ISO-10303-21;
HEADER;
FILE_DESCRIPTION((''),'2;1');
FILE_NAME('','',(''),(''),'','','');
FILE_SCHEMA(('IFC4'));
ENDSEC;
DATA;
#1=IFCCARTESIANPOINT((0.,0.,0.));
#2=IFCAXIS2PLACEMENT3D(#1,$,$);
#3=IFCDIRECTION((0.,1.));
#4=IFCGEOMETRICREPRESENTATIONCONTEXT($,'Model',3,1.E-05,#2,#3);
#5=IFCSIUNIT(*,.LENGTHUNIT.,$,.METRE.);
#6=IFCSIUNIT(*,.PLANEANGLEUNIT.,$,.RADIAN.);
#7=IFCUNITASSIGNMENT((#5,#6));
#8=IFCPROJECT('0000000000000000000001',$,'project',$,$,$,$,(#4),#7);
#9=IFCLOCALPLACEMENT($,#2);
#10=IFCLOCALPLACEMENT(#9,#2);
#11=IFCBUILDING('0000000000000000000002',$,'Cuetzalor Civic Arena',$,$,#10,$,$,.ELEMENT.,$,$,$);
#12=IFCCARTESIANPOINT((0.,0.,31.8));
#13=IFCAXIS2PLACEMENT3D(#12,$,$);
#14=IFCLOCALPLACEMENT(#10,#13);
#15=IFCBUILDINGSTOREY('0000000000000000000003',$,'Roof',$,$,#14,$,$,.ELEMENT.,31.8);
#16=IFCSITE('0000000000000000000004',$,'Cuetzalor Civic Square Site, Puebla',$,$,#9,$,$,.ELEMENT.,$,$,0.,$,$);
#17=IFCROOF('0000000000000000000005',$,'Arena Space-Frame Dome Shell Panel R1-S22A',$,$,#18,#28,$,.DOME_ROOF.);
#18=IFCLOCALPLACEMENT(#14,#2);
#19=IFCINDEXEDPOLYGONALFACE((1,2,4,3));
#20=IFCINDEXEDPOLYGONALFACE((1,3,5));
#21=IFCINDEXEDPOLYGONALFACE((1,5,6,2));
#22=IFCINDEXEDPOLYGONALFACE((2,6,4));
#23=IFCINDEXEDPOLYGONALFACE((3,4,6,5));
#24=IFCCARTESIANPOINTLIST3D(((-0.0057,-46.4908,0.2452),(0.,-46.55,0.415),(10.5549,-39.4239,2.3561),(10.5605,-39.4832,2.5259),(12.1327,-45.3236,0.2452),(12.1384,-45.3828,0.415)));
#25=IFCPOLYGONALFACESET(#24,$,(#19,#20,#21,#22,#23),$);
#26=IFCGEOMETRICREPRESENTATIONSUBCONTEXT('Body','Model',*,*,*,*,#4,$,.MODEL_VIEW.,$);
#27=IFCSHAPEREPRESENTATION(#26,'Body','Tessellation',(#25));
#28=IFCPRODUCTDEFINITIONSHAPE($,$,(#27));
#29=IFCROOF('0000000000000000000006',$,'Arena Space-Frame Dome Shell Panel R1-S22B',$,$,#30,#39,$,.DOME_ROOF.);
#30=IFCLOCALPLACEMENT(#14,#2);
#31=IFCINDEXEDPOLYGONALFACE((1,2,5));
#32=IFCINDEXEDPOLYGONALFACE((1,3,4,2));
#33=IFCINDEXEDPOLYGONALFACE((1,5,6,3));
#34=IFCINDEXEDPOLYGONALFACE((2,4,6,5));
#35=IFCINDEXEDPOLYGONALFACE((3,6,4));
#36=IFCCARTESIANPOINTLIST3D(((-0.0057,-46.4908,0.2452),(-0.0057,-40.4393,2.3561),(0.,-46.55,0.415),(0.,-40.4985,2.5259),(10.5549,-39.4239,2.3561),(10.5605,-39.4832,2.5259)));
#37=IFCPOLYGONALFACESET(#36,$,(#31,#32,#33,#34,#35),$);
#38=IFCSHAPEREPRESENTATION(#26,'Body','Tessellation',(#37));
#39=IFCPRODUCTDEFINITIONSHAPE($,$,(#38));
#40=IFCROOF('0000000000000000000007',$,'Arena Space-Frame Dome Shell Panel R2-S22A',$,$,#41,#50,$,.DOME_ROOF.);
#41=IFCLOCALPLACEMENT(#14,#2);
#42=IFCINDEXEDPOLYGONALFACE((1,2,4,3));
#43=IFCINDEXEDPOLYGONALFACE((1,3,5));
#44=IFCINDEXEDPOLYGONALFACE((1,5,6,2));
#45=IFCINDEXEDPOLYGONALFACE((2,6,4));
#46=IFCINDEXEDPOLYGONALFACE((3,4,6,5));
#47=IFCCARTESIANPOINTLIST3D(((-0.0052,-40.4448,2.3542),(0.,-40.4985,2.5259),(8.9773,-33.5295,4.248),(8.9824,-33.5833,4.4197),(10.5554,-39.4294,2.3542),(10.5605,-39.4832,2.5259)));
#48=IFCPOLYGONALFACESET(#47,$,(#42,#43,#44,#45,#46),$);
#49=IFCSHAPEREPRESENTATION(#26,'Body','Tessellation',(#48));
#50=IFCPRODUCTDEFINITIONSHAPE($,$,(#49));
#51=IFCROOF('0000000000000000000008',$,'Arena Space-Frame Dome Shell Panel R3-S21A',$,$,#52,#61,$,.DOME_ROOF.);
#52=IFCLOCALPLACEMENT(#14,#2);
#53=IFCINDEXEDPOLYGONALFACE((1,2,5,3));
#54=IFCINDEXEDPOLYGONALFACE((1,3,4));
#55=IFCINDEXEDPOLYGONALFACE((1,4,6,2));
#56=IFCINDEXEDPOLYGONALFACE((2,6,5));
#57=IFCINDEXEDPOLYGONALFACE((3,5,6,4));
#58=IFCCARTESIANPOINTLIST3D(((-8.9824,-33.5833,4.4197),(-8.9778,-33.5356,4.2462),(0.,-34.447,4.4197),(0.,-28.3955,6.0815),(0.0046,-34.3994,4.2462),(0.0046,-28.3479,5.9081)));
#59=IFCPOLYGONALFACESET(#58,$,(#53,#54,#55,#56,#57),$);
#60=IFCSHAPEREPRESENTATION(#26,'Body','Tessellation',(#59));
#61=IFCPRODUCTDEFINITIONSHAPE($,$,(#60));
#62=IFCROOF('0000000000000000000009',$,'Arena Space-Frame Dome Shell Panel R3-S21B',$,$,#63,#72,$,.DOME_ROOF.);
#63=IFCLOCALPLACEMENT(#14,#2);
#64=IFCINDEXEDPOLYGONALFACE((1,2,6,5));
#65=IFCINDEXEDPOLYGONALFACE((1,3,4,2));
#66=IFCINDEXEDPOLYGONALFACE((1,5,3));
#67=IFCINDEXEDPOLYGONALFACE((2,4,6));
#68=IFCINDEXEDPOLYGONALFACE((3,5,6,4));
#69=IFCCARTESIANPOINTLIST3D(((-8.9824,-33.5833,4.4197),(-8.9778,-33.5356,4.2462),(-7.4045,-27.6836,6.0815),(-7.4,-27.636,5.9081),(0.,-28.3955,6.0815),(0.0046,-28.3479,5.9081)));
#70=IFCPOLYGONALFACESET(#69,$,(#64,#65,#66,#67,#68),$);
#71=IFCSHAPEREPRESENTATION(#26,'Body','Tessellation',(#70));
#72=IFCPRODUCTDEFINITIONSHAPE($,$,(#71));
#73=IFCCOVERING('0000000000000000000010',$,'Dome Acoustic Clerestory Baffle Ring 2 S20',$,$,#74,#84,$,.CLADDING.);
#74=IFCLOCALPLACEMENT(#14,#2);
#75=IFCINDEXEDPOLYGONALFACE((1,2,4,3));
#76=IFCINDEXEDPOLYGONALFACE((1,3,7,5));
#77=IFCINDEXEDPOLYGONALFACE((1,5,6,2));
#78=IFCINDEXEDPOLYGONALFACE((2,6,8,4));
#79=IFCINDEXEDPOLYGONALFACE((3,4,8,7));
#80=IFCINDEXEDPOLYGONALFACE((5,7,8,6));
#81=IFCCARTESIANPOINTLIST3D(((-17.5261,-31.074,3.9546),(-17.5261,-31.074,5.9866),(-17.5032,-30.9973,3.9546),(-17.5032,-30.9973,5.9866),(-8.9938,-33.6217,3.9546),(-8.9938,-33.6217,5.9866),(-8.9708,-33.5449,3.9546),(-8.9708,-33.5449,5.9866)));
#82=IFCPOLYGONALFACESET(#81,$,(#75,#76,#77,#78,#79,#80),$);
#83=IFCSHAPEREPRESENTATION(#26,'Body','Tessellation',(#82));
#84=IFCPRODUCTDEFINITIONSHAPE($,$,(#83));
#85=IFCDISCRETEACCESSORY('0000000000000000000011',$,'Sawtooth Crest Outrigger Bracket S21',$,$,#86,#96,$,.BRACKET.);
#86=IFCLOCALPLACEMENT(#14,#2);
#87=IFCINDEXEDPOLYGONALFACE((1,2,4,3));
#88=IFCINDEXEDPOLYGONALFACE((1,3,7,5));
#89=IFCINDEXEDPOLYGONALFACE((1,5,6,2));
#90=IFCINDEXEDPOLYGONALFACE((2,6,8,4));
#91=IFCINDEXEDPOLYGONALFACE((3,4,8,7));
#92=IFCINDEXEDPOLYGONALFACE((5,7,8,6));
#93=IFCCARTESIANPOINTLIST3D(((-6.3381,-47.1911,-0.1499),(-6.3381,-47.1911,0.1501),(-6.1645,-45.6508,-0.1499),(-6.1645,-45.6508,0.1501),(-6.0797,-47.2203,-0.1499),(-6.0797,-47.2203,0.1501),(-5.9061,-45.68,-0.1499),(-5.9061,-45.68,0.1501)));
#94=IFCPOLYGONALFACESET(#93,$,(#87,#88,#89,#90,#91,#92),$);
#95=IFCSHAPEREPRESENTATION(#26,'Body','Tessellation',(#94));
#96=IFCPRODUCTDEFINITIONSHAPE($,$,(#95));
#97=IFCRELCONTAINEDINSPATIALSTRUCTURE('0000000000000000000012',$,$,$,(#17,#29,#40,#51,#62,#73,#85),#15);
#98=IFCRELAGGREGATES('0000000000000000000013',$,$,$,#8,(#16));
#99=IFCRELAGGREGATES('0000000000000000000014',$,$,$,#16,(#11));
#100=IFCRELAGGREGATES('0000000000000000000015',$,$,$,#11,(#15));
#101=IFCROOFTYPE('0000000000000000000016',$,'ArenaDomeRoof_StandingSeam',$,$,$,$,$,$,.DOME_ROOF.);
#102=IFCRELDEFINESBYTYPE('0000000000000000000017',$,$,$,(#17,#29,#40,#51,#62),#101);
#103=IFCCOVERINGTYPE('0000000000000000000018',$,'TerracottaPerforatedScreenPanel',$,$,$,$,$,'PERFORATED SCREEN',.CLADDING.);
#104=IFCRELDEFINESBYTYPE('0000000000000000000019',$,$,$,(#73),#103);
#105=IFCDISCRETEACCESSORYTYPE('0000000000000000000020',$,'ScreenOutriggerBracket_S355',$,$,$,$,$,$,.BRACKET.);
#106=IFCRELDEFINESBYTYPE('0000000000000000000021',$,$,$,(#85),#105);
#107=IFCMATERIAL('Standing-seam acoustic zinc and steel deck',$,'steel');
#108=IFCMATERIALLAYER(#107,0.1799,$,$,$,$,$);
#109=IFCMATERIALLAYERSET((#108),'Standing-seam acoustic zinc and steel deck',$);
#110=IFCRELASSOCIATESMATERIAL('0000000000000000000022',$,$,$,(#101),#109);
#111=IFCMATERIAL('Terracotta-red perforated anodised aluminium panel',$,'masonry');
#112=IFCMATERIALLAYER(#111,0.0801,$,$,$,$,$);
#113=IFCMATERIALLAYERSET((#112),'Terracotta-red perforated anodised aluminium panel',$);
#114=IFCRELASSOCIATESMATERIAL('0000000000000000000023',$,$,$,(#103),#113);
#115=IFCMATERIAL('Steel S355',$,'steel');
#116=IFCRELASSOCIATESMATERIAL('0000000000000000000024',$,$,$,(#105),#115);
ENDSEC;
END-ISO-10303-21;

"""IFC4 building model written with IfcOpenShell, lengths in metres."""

from ifc_helpers import new_model, si_unit, direction, frame, frame_2d, origin, origin_2d, place, context, subcontext, project, spatial, polyline, rectangle, outline, extrude, material, layer, layer_set, type_object, element, save


model = new_model("IFC4")

# Units and contexts
model_context = context("Model", 3, precision=1e-05, world=origin(), true_north=direction((0.0, 1.0)))
body_context = subcontext(model_context, "Body", "Model", "MODEL_VIEW")
ifc_project = project(units=[si_unit("LENGTHUNIT", "METRE"), si_unit("PLANEANGLEUNIT", "RADIAN")], contexts=[model_context])

# Site, building, storey
site_placement = place(None, origin())
site = spatial("IfcSite", under=ifc_project, at=site_placement, Name="Cuetzalor Civic Square Site, Puebla", CompositionType="ELEMENT", RefElevation=0.0)
building_placement = place(site_placement, origin())
building = spatial("IfcBuilding", under=site, at=building_placement, Name="Cuetzalor Civic Arena", CompositionType="ELEMENT")
storey_placement = place(building_placement, frame((0.0, 0.0, 31.8)))
storey = spatial("IfcBuildingStorey", under=building, at=storey_placement, Name="Roof", CompositionType="ELEMENT", Elevation=31.8)

# Roofs
ifc_material_1 = material(Name="Standing-seam acoustic zinc and steel deck", Category="steel")
ifc_layer_1 = layer(ifc_material_1, 0.1799)
ifc_layer_set_1 = layer_set([ifc_layer_1], Name="Standing-seam acoustic zinc and steel deck")
roof_type = type_object("IfcRoofType", Name="ArenaDomeRoof_StandingSeam", PredefinedType="DOME_ROOF", material=ifc_layer_set_1)
roof_1_placement = place(storey_placement, frame((0.0, -46.55, 0.415), z_axis=(0.031655, -0.329192, 0.943732), x_axis=(0.995408, 0.095719, 0.0)))
element("IfcRoof", 1, at=roof_1_placement, inside=storey, type_object=roof_type, Name="Arena Space-Frame Dome Shell Panel R1-S22A", PredefinedType="DOME_ROOF", context=body_context, shape_type="SweptSolid", body=[
    extrude(outline(polyline([(0.0, 0.0), (12.1944, 0.0), (11.1885, 6.3827), (0.0, 0.0)])), origin(), (0.0, 0.0, -1.0), 0.1799),
])
roof_2_placement = place(storey_placement, frame((0.0, -46.55, 0.415), z_axis=(0.031651, -0.329186, 0.943735), x_axis=(0.819851, 0.548627, 0.163872)))
element("IfcRoof", 2, at=roof_2_placement, inside=storey, type_object=roof_type, Name="Arena Space-Frame Dome Shell Panel R1-S22B", PredefinedType="DOME_ROOF", context=body_context, shape_type="SweptSolid", body=[
    extrude(outline(polyline([(0.0, 0.0), (12.8811, 0.0), (3.6659, 5.2571), (0.0, 0.0)])), origin(), (0.0, 0.0, -1.0), 0.1799),
])
roof_3_placement = place(storey_placement, frame((0.0, -40.4985, 2.5259), z_axis=(0.028704, -0.298534, 0.953967), x_axis=(0.99541, 0.095707, 0.0)))
element("IfcRoof", 3, at=roof_3_placement, inside=storey, type_object=roof_type, Name="Arena Space-Frame Dome Shell Panel R2-S22A", PredefinedType="DOME_ROOF", context=body_context, shape_type="SweptSolid", body=[
    extrude(outline(polyline([(0.0, 0.0), (10.6092, 0.0), (9.603, 6.3145), (0.0, 0.0)])), origin(), (0.0, 0.0, -1.0), 0.1799),
])
roof_4_placement = place(storey_placement, frame((-8.9824, -33.5833, 4.4197), z_axis=(-0.025457, -0.26473, 0.963987), x_axis=(0.995408, -0.095721, 0.0)))
element("IfcRoof", 4, at=roof_4_placement, inside=storey, type_object=roof_type, Name="Arena Space-Frame Dome Shell Panel R3-S21A", PredefinedType="DOME_ROOF", context=body_context, shape_type="SweptSolid", body=[
    extrude(outline(polyline([(0.0, 0.0), (9.0239, 0.0), (8.4446, 6.2488), (0.0, 0.0)])), origin(), (0.0, 0.0, -1.0), 0.1799),
])
roof_5_placement = place(storey_placement, frame((-8.9824, -33.5833, 4.4197), z_axis=(-0.025453, -0.264736, 0.963985), x_axis=(0.855049, 0.493828, 0.158195)))
element("IfcRoof", 5, at=roof_5_placement, inside=storey, type_object=roof_type, Name="Arena Space-Frame Dome Shell Panel R3-S21B", PredefinedType="DOME_ROOF", context=body_context, shape_type="SweptSolid", body=[
    extrude(outline(polyline([(0.0, 0.0), (10.5052, 0.0), (4.5255, 4.4246), (0.0, 0.0)])), origin(), (0.0, 0.0, -1.0), 0.1799),
])

# Covering
ifc_material_2 = material(Name="Terracotta-red perforated anodised aluminium panel", Category="masonry")
ifc_layer_2 = layer(ifc_material_2, 0.0801)
ifc_layer_set_2 = layer_set([ifc_layer_2], Name="Terracotta-red perforated anodised aluminium panel")
covering_type = type_object("IfcCoveringType", Name="TerracottaPerforatedScreenPanel", ElementType="PERFORATED SCREEN", PredefinedType="CLADDING", material=ifc_layer_set_2)
covering_placement = place(storey_placement, frame((-8.9824, -33.5833, 3.9546), z_axis=(0.0, 0.0, 1.0), x_axis=(-0.958198, 0.286105, 0.0)))
element("IfcCovering", 6, at=covering_placement, inside=storey, type_object=covering_type, Name="Dome Acoustic Clerestory Baffle Ring 2 S20", PredefinedType="CLADDING", context=body_context, shape_type="SweptSolid", body=[
    extrude(rectangle(XDim=8.9045, YDim=0.0801, at=frame_2d((4.4521, 0.0))), origin(), (0.0, 0.0, 1.0), 2.032),
])

# Discrete accessory
ifc_material_3 = material(Name="Steel S355", Category="steel")
discrete_accessory_type = type_object("IfcDiscreteAccessoryType", Name="ScreenOutriggerBracket_S355", PredefinedType="BRACKET", material=ifc_material_3)
discrete_accessory_placement = place(storey_placement, frame((-6.1221, -46.4355, -0.1499), z_axis=(0.0, 0.0, 1.0), x_axis=(-0.111989, -0.993709, 0.0)))
element("IfcDiscreteAccessory", 7, at=discrete_accessory_placement, inside=storey, type_object=discrete_accessory_type, Name="Sawtooth Crest Outrigger Bracket S21", PredefinedType="BRACKET", context=body_context, shape_type="SweptSolid", body=[
    extrude(rectangle(XDim=1.55, YDim=0.26, at=origin_2d()), origin(), (0.0, 0.0, 1.0), 0.3),
])

save(model, "model.ifc")
